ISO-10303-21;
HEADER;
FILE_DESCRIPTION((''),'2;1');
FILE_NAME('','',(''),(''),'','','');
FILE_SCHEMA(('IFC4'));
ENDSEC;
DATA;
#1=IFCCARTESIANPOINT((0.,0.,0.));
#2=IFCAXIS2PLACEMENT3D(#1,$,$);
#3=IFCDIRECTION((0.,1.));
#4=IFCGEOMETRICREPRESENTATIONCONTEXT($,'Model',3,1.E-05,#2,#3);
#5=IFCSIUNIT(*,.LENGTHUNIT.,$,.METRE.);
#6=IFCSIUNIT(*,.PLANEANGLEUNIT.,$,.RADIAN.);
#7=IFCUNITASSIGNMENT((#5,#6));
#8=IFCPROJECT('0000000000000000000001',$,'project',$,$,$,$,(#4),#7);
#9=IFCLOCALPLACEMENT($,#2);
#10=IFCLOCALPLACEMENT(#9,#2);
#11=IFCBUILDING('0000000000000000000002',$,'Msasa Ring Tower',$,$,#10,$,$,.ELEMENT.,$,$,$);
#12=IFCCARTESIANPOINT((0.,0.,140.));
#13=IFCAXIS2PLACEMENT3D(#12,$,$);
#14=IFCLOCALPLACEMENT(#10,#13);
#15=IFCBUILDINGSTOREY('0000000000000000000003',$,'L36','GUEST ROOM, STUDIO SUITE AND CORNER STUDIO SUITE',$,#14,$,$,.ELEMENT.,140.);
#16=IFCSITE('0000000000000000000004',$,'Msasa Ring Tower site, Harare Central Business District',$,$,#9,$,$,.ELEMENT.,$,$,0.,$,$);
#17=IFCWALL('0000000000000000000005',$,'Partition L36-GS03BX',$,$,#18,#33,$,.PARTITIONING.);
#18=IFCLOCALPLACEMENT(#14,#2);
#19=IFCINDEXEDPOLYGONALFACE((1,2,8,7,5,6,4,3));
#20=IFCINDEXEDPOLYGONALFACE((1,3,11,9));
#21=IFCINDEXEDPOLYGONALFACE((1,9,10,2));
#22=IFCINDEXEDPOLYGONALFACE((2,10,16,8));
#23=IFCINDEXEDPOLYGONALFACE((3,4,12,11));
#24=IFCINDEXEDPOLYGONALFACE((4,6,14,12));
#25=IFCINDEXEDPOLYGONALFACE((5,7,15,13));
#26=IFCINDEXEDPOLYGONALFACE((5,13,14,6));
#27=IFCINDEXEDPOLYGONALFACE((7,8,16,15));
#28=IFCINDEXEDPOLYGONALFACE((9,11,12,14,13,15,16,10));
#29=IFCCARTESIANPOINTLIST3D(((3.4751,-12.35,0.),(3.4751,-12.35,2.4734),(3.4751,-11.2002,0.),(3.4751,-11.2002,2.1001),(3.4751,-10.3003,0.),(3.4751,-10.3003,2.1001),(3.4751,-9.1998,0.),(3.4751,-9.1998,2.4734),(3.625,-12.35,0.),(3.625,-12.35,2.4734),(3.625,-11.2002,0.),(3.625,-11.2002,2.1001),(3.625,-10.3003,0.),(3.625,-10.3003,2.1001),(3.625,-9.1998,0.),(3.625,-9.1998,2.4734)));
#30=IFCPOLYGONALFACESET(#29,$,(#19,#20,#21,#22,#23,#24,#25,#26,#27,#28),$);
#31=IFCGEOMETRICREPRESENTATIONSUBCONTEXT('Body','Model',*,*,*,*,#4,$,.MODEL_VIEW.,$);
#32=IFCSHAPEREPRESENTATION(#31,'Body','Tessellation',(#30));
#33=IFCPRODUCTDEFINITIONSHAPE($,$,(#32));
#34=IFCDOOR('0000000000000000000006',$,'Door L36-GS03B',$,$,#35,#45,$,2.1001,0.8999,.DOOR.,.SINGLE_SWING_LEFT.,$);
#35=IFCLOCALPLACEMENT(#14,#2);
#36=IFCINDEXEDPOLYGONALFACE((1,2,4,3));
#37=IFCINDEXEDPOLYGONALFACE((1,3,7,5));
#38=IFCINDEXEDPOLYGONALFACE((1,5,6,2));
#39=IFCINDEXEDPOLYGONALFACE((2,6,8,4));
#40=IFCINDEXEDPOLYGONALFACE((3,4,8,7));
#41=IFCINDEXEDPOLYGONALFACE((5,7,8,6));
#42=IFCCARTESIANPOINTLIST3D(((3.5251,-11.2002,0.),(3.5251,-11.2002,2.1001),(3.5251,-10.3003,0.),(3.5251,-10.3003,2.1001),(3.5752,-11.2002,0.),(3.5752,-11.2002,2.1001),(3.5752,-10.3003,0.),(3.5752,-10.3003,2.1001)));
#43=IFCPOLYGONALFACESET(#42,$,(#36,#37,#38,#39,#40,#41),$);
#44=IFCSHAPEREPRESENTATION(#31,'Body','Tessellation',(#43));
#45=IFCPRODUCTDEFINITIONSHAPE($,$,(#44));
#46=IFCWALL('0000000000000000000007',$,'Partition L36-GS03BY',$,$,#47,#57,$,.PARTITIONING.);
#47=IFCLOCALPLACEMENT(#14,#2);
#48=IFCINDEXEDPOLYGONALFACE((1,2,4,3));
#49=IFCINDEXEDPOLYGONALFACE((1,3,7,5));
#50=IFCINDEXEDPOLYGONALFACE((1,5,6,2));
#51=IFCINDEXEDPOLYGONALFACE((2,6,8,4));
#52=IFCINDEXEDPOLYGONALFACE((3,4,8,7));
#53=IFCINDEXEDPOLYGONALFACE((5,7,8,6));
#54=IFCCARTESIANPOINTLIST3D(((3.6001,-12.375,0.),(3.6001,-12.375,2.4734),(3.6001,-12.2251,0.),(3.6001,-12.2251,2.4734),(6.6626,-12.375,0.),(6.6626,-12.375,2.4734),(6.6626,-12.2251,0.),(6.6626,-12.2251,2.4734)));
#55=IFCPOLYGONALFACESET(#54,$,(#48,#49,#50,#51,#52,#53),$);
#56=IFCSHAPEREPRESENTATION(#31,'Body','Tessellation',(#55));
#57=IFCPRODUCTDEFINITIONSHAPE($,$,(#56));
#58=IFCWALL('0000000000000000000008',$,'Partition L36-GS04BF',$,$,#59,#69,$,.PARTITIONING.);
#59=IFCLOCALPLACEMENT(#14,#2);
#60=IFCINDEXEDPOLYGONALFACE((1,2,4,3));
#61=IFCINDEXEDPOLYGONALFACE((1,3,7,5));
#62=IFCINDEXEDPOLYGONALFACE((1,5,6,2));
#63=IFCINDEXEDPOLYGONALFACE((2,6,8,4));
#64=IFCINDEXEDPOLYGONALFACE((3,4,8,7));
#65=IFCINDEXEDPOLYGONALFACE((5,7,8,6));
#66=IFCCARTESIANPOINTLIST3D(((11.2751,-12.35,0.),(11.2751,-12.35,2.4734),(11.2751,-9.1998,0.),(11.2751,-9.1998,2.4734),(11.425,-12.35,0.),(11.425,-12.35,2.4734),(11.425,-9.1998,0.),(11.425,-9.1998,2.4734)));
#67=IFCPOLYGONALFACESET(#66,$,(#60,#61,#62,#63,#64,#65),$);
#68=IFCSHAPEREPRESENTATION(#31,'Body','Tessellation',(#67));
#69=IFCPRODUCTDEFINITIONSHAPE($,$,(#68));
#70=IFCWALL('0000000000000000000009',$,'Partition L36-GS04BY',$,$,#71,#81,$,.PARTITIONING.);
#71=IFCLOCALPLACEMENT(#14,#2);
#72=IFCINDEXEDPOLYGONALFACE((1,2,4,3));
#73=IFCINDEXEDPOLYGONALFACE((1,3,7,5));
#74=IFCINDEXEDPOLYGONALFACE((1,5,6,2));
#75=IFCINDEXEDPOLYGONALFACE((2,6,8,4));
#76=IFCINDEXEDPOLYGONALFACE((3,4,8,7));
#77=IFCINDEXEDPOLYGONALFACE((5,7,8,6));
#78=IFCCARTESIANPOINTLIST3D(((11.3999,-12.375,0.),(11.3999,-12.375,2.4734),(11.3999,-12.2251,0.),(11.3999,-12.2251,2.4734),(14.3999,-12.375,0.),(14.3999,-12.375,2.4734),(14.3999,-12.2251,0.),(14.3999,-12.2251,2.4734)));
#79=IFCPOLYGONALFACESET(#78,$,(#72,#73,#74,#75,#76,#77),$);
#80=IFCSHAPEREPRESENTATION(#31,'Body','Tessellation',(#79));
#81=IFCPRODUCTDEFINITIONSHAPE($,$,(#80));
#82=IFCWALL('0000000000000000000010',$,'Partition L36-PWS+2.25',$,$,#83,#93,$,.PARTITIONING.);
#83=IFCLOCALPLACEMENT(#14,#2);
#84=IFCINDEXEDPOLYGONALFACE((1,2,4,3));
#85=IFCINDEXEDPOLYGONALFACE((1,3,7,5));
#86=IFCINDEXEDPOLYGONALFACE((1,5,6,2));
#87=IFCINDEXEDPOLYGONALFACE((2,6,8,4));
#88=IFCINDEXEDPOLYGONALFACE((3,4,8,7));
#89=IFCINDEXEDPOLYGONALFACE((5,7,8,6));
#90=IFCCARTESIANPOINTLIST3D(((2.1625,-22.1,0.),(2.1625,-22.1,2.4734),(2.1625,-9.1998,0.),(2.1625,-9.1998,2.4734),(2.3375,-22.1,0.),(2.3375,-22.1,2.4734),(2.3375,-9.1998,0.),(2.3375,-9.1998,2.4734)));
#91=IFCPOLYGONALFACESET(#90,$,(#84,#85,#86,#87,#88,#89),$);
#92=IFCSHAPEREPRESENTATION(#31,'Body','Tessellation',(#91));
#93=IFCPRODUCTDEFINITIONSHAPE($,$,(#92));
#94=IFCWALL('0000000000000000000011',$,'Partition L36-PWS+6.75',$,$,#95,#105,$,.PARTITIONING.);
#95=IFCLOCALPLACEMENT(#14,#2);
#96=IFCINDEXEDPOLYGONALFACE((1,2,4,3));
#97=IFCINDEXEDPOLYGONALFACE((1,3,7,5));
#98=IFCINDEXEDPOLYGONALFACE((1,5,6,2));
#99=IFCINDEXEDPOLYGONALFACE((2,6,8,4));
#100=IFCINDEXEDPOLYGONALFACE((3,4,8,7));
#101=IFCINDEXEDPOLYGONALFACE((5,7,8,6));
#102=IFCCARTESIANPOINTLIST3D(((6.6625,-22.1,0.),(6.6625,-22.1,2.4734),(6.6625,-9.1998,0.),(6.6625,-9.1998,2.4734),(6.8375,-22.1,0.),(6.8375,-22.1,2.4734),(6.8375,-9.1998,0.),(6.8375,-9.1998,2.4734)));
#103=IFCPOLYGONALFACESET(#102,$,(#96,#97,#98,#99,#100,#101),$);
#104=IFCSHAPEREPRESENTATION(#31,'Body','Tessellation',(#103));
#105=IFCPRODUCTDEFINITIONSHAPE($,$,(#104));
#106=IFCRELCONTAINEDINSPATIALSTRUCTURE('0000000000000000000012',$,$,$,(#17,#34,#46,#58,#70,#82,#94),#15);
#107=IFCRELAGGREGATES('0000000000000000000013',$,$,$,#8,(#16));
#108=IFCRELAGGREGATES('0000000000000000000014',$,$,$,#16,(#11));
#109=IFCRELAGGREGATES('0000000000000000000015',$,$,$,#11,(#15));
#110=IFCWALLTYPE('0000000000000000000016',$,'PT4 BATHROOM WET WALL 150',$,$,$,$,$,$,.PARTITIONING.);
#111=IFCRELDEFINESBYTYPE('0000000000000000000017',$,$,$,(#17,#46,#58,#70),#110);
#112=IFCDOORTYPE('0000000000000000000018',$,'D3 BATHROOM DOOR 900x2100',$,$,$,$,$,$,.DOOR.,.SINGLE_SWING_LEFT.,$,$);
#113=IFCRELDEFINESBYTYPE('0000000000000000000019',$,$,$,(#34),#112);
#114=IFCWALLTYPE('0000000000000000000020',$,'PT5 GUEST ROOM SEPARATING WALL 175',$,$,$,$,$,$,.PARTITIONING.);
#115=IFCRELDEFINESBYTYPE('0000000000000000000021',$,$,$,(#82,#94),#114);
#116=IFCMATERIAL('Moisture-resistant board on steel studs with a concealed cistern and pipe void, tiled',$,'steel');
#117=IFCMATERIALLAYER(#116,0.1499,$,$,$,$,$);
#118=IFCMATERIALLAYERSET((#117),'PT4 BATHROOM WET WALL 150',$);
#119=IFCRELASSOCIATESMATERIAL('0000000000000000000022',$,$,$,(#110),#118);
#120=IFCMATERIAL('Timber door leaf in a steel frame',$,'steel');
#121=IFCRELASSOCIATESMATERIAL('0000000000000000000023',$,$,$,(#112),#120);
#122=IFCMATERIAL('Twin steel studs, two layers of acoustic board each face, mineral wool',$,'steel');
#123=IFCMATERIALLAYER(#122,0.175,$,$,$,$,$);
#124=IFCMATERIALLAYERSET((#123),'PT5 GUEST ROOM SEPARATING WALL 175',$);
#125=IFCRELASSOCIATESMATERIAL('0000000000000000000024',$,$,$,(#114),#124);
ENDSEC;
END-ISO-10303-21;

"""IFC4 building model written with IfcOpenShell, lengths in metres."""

from ifc_helpers import new_model, si_unit, direction, frame, frame_2d, origin, place, context, subcontext, project, spatial, rectangle, extrude, material, layer, layer_set, type_object, element, fill, save


model = new_model("IFC4")

# Units and contexts
model_context = context("Model", 3, precision=1e-05, world=origin(), true_north=direction((0.0, 1.0)))
body_context = subcontext(model_context, "Body", "Model", "MODEL_VIEW")
ifc_project = project(units=[si_unit("LENGTHUNIT", "METRE"), si_unit("PLANEANGLEUNIT", "RADIAN")], contexts=[model_context])

# Site, building, storey
site_placement = place(None, origin())
site = spatial("IfcSite", under=ifc_project, at=site_placement, Name="Msasa Ring Tower site, Harare Central Business District", CompositionType="ELEMENT", RefElevation=0.0)
building_placement = place(site_placement, origin())
building = spatial("IfcBuilding", under=site, at=building_placement, Name="Msasa Ring Tower", CompositionType="ELEMENT")
storey_placement = place(building_placement, frame((0.0, 0.0, 140.0)))
storey = spatial("IfcBuildingStorey", under=building, at=storey_placement, Name="L36", Description="GUEST ROOM, STUDIO SUITE AND CORNER STUDIO SUITE", CompositionType="ELEMENT", Elevation=140.0)

# Wall, opening, door
ifc_material_1 = material(Name="Moisture-resistant board on steel studs with a concealed cistern and pipe void, tiled", Category="steel")
ifc_layer_1 = layer(ifc_material_1, 0.1499)
ifc_layer_set_1 = layer_set([ifc_layer_1], Name="PT4 BATHROOM WET WALL 150")
wall_type_1 = type_object("IfcWallType", Name="PT4 BATHROOM WET WALL 150", PredefinedType="PARTITIONING", material=ifc_layer_set_1)
wall_1_placement = place(storey_placement, frame((3.55, -12.3501, 0.0), z_axis=(0.0, 0.0, 1.0), x_axis=(0.0, 1.0, 0.0)))
wall_1 = element("IfcWall", 1, at=wall_1_placement, inside=storey, type_object=wall_type_1, Name="Partition L36-GS03BX", PredefinedType="PARTITIONING", context=body_context, shape_type="SweptSolid", body=[
    extrude(rectangle(XDim=3.1501, YDim=0.1499, at=frame_2d((1.5752, 0.0))), origin(), (0.0, 0.0, 1.0), 2.4734),
])
opening_1_placement = place(wall_1_placement, frame((1.1499, 0.0, 0.0)))
opening_1 = element("IfcOpeningElement", 2, at=opening_1_placement, cuts=wall_1, PredefinedType="OPENING", context=body_context, shape_type="SweptSolid", body=[
    extrude(rectangle(XDim=0.8999, YDim=2.1001, at=frame_2d((0.45, 1.05))), frame((0.0, 0.085, 0.0), z_axis=(0.0, -1.0, 0.0), x_axis=(1.0, 0.0, 0.0)), (0.0, 0.0, 1.0), 0.1699),
])
ifc_material_2 = material(Name="Timber door leaf in a steel frame", Category="steel")
door_type = type_object("IfcDoorType", Name="D3 BATHROOM DOOR 900x2100", OperationType="SINGLE_SWING_LEFT", PredefinedType="DOOR", material=ifc_material_2)
door_placement = place(opening_1_placement, origin())
door = element("IfcDoor", 3, at=door_placement, inside=storey, type_object=door_type, Name="Door L36-GS03B", OperationType="SINGLE_SWING_LEFT", OverallHeight=2.1001, OverallWidth=0.8999, PredefinedType="DOOR", context=body_context, shape_type="SweptSolid", body=[
    extrude(rectangle(XDim=0.8999, YDim=2.1001, at=frame_2d((0.45, 1.05))), frame((0.0, 0.0249, 0.0), z_axis=(0.0, -1.0, 0.0), x_axis=(1.0, 0.0, 0.0)), (0.0, 0.0, 1.0), 0.05),
])
fill(opening_1, door)

# Walls
wall_2_placement = place(storey_placement, frame((3.6001, -12.3, 0.0), z_axis=(0.0, 0.0, 1.0), x_axis=(1.0, 0.0, 0.0)))
element("IfcWall", 4, at=wall_2_placement, inside=storey, type_object=wall_type_1, Name="Partition L36-GS03BY", PredefinedType="PARTITIONING", context=body_context, shape_type="SweptSolid", body=[
    extrude(rectangle(XDim=3.0625, YDim=0.1499, at=frame_2d((1.5312, 0.0))), origin(), (0.0, 0.0, 1.0), 2.4734),
])
wall_3_placement = place(storey_placement, frame((11.3501, -12.3501, 0.0), z_axis=(0.0, 0.0, 1.0), x_axis=(0.0, 1.0, 0.0)))
element("IfcWall", 5, at=wall_3_placement, inside=storey, type_object=wall_type_1, Name="Partition L36-GS04BF", PredefinedType="PARTITIONING", context=body_context, shape_type="SweptSolid", body=[
    extrude(rectangle(XDim=3.1501, YDim=0.1499, at=frame_2d((1.5752, 0.0))), origin(), (0.0, 0.0, 1.0), 2.4734),
])
wall_4_placement = place(storey_placement, frame((11.3999, -12.3, 0.0), z_axis=(0.0, 0.0, 1.0), x_axis=(1.0, 0.0, 0.0)))
element("IfcWall", 6, at=wall_4_placement, inside=storey, type_object=wall_type_1, Name="Partition L36-GS04BY", PredefinedType="PARTITIONING", context=body_context, shape_type="SweptSolid", body=[
    extrude(rectangle(XDim=3.0, YDim=0.1499, at=frame_2d((1.5, 0.0))), origin(), (0.0, 0.0, 1.0), 2.4734),
])
ifc_material_3 = material(Name="Twin steel studs, two layers of acoustic board each face, mineral wool", Category="steel")
ifc_layer_2 = layer(ifc_material_3, 0.175)
ifc_layer_set_2 = layer_set([ifc_layer_2], Name="PT5 GUEST ROOM SEPARATING WALL 175")
wall_type_2 = type_object("IfcWallType", Name="PT5 GUEST ROOM SEPARATING WALL 175", PredefinedType="PARTITIONING", material=ifc_layer_set_2)
for number, where, z_axis, x_axis, name in (
    (7, (2.25, -22.1001, 0.0), (0.0, 0.0, 1.0), (0.0, 1.0, 0.0), "Partition L36-PWS+2.25"),
    (8, (6.75, -22.1001, 0.0), (0.0, 0.0, 1.0), (0.0, 1.0, 0.0), "Partition L36-PWS+6.75"),
):
    element("IfcWall", number, at=place(storey_placement, frame(where, z_axis=z_axis, x_axis=x_axis)), inside=storey, type_object=wall_type_2, Name=name, PredefinedType="PARTITIONING", context=body_context, shape_type="SweptSolid", body=[
        extrude(rectangle(XDim=12.9001, YDim=0.175, at=frame_2d((6.4502, 0.0))), origin(), (0.0, 0.0, 1.0), 2.4734),
    ])

save(model, "model.ifc")
